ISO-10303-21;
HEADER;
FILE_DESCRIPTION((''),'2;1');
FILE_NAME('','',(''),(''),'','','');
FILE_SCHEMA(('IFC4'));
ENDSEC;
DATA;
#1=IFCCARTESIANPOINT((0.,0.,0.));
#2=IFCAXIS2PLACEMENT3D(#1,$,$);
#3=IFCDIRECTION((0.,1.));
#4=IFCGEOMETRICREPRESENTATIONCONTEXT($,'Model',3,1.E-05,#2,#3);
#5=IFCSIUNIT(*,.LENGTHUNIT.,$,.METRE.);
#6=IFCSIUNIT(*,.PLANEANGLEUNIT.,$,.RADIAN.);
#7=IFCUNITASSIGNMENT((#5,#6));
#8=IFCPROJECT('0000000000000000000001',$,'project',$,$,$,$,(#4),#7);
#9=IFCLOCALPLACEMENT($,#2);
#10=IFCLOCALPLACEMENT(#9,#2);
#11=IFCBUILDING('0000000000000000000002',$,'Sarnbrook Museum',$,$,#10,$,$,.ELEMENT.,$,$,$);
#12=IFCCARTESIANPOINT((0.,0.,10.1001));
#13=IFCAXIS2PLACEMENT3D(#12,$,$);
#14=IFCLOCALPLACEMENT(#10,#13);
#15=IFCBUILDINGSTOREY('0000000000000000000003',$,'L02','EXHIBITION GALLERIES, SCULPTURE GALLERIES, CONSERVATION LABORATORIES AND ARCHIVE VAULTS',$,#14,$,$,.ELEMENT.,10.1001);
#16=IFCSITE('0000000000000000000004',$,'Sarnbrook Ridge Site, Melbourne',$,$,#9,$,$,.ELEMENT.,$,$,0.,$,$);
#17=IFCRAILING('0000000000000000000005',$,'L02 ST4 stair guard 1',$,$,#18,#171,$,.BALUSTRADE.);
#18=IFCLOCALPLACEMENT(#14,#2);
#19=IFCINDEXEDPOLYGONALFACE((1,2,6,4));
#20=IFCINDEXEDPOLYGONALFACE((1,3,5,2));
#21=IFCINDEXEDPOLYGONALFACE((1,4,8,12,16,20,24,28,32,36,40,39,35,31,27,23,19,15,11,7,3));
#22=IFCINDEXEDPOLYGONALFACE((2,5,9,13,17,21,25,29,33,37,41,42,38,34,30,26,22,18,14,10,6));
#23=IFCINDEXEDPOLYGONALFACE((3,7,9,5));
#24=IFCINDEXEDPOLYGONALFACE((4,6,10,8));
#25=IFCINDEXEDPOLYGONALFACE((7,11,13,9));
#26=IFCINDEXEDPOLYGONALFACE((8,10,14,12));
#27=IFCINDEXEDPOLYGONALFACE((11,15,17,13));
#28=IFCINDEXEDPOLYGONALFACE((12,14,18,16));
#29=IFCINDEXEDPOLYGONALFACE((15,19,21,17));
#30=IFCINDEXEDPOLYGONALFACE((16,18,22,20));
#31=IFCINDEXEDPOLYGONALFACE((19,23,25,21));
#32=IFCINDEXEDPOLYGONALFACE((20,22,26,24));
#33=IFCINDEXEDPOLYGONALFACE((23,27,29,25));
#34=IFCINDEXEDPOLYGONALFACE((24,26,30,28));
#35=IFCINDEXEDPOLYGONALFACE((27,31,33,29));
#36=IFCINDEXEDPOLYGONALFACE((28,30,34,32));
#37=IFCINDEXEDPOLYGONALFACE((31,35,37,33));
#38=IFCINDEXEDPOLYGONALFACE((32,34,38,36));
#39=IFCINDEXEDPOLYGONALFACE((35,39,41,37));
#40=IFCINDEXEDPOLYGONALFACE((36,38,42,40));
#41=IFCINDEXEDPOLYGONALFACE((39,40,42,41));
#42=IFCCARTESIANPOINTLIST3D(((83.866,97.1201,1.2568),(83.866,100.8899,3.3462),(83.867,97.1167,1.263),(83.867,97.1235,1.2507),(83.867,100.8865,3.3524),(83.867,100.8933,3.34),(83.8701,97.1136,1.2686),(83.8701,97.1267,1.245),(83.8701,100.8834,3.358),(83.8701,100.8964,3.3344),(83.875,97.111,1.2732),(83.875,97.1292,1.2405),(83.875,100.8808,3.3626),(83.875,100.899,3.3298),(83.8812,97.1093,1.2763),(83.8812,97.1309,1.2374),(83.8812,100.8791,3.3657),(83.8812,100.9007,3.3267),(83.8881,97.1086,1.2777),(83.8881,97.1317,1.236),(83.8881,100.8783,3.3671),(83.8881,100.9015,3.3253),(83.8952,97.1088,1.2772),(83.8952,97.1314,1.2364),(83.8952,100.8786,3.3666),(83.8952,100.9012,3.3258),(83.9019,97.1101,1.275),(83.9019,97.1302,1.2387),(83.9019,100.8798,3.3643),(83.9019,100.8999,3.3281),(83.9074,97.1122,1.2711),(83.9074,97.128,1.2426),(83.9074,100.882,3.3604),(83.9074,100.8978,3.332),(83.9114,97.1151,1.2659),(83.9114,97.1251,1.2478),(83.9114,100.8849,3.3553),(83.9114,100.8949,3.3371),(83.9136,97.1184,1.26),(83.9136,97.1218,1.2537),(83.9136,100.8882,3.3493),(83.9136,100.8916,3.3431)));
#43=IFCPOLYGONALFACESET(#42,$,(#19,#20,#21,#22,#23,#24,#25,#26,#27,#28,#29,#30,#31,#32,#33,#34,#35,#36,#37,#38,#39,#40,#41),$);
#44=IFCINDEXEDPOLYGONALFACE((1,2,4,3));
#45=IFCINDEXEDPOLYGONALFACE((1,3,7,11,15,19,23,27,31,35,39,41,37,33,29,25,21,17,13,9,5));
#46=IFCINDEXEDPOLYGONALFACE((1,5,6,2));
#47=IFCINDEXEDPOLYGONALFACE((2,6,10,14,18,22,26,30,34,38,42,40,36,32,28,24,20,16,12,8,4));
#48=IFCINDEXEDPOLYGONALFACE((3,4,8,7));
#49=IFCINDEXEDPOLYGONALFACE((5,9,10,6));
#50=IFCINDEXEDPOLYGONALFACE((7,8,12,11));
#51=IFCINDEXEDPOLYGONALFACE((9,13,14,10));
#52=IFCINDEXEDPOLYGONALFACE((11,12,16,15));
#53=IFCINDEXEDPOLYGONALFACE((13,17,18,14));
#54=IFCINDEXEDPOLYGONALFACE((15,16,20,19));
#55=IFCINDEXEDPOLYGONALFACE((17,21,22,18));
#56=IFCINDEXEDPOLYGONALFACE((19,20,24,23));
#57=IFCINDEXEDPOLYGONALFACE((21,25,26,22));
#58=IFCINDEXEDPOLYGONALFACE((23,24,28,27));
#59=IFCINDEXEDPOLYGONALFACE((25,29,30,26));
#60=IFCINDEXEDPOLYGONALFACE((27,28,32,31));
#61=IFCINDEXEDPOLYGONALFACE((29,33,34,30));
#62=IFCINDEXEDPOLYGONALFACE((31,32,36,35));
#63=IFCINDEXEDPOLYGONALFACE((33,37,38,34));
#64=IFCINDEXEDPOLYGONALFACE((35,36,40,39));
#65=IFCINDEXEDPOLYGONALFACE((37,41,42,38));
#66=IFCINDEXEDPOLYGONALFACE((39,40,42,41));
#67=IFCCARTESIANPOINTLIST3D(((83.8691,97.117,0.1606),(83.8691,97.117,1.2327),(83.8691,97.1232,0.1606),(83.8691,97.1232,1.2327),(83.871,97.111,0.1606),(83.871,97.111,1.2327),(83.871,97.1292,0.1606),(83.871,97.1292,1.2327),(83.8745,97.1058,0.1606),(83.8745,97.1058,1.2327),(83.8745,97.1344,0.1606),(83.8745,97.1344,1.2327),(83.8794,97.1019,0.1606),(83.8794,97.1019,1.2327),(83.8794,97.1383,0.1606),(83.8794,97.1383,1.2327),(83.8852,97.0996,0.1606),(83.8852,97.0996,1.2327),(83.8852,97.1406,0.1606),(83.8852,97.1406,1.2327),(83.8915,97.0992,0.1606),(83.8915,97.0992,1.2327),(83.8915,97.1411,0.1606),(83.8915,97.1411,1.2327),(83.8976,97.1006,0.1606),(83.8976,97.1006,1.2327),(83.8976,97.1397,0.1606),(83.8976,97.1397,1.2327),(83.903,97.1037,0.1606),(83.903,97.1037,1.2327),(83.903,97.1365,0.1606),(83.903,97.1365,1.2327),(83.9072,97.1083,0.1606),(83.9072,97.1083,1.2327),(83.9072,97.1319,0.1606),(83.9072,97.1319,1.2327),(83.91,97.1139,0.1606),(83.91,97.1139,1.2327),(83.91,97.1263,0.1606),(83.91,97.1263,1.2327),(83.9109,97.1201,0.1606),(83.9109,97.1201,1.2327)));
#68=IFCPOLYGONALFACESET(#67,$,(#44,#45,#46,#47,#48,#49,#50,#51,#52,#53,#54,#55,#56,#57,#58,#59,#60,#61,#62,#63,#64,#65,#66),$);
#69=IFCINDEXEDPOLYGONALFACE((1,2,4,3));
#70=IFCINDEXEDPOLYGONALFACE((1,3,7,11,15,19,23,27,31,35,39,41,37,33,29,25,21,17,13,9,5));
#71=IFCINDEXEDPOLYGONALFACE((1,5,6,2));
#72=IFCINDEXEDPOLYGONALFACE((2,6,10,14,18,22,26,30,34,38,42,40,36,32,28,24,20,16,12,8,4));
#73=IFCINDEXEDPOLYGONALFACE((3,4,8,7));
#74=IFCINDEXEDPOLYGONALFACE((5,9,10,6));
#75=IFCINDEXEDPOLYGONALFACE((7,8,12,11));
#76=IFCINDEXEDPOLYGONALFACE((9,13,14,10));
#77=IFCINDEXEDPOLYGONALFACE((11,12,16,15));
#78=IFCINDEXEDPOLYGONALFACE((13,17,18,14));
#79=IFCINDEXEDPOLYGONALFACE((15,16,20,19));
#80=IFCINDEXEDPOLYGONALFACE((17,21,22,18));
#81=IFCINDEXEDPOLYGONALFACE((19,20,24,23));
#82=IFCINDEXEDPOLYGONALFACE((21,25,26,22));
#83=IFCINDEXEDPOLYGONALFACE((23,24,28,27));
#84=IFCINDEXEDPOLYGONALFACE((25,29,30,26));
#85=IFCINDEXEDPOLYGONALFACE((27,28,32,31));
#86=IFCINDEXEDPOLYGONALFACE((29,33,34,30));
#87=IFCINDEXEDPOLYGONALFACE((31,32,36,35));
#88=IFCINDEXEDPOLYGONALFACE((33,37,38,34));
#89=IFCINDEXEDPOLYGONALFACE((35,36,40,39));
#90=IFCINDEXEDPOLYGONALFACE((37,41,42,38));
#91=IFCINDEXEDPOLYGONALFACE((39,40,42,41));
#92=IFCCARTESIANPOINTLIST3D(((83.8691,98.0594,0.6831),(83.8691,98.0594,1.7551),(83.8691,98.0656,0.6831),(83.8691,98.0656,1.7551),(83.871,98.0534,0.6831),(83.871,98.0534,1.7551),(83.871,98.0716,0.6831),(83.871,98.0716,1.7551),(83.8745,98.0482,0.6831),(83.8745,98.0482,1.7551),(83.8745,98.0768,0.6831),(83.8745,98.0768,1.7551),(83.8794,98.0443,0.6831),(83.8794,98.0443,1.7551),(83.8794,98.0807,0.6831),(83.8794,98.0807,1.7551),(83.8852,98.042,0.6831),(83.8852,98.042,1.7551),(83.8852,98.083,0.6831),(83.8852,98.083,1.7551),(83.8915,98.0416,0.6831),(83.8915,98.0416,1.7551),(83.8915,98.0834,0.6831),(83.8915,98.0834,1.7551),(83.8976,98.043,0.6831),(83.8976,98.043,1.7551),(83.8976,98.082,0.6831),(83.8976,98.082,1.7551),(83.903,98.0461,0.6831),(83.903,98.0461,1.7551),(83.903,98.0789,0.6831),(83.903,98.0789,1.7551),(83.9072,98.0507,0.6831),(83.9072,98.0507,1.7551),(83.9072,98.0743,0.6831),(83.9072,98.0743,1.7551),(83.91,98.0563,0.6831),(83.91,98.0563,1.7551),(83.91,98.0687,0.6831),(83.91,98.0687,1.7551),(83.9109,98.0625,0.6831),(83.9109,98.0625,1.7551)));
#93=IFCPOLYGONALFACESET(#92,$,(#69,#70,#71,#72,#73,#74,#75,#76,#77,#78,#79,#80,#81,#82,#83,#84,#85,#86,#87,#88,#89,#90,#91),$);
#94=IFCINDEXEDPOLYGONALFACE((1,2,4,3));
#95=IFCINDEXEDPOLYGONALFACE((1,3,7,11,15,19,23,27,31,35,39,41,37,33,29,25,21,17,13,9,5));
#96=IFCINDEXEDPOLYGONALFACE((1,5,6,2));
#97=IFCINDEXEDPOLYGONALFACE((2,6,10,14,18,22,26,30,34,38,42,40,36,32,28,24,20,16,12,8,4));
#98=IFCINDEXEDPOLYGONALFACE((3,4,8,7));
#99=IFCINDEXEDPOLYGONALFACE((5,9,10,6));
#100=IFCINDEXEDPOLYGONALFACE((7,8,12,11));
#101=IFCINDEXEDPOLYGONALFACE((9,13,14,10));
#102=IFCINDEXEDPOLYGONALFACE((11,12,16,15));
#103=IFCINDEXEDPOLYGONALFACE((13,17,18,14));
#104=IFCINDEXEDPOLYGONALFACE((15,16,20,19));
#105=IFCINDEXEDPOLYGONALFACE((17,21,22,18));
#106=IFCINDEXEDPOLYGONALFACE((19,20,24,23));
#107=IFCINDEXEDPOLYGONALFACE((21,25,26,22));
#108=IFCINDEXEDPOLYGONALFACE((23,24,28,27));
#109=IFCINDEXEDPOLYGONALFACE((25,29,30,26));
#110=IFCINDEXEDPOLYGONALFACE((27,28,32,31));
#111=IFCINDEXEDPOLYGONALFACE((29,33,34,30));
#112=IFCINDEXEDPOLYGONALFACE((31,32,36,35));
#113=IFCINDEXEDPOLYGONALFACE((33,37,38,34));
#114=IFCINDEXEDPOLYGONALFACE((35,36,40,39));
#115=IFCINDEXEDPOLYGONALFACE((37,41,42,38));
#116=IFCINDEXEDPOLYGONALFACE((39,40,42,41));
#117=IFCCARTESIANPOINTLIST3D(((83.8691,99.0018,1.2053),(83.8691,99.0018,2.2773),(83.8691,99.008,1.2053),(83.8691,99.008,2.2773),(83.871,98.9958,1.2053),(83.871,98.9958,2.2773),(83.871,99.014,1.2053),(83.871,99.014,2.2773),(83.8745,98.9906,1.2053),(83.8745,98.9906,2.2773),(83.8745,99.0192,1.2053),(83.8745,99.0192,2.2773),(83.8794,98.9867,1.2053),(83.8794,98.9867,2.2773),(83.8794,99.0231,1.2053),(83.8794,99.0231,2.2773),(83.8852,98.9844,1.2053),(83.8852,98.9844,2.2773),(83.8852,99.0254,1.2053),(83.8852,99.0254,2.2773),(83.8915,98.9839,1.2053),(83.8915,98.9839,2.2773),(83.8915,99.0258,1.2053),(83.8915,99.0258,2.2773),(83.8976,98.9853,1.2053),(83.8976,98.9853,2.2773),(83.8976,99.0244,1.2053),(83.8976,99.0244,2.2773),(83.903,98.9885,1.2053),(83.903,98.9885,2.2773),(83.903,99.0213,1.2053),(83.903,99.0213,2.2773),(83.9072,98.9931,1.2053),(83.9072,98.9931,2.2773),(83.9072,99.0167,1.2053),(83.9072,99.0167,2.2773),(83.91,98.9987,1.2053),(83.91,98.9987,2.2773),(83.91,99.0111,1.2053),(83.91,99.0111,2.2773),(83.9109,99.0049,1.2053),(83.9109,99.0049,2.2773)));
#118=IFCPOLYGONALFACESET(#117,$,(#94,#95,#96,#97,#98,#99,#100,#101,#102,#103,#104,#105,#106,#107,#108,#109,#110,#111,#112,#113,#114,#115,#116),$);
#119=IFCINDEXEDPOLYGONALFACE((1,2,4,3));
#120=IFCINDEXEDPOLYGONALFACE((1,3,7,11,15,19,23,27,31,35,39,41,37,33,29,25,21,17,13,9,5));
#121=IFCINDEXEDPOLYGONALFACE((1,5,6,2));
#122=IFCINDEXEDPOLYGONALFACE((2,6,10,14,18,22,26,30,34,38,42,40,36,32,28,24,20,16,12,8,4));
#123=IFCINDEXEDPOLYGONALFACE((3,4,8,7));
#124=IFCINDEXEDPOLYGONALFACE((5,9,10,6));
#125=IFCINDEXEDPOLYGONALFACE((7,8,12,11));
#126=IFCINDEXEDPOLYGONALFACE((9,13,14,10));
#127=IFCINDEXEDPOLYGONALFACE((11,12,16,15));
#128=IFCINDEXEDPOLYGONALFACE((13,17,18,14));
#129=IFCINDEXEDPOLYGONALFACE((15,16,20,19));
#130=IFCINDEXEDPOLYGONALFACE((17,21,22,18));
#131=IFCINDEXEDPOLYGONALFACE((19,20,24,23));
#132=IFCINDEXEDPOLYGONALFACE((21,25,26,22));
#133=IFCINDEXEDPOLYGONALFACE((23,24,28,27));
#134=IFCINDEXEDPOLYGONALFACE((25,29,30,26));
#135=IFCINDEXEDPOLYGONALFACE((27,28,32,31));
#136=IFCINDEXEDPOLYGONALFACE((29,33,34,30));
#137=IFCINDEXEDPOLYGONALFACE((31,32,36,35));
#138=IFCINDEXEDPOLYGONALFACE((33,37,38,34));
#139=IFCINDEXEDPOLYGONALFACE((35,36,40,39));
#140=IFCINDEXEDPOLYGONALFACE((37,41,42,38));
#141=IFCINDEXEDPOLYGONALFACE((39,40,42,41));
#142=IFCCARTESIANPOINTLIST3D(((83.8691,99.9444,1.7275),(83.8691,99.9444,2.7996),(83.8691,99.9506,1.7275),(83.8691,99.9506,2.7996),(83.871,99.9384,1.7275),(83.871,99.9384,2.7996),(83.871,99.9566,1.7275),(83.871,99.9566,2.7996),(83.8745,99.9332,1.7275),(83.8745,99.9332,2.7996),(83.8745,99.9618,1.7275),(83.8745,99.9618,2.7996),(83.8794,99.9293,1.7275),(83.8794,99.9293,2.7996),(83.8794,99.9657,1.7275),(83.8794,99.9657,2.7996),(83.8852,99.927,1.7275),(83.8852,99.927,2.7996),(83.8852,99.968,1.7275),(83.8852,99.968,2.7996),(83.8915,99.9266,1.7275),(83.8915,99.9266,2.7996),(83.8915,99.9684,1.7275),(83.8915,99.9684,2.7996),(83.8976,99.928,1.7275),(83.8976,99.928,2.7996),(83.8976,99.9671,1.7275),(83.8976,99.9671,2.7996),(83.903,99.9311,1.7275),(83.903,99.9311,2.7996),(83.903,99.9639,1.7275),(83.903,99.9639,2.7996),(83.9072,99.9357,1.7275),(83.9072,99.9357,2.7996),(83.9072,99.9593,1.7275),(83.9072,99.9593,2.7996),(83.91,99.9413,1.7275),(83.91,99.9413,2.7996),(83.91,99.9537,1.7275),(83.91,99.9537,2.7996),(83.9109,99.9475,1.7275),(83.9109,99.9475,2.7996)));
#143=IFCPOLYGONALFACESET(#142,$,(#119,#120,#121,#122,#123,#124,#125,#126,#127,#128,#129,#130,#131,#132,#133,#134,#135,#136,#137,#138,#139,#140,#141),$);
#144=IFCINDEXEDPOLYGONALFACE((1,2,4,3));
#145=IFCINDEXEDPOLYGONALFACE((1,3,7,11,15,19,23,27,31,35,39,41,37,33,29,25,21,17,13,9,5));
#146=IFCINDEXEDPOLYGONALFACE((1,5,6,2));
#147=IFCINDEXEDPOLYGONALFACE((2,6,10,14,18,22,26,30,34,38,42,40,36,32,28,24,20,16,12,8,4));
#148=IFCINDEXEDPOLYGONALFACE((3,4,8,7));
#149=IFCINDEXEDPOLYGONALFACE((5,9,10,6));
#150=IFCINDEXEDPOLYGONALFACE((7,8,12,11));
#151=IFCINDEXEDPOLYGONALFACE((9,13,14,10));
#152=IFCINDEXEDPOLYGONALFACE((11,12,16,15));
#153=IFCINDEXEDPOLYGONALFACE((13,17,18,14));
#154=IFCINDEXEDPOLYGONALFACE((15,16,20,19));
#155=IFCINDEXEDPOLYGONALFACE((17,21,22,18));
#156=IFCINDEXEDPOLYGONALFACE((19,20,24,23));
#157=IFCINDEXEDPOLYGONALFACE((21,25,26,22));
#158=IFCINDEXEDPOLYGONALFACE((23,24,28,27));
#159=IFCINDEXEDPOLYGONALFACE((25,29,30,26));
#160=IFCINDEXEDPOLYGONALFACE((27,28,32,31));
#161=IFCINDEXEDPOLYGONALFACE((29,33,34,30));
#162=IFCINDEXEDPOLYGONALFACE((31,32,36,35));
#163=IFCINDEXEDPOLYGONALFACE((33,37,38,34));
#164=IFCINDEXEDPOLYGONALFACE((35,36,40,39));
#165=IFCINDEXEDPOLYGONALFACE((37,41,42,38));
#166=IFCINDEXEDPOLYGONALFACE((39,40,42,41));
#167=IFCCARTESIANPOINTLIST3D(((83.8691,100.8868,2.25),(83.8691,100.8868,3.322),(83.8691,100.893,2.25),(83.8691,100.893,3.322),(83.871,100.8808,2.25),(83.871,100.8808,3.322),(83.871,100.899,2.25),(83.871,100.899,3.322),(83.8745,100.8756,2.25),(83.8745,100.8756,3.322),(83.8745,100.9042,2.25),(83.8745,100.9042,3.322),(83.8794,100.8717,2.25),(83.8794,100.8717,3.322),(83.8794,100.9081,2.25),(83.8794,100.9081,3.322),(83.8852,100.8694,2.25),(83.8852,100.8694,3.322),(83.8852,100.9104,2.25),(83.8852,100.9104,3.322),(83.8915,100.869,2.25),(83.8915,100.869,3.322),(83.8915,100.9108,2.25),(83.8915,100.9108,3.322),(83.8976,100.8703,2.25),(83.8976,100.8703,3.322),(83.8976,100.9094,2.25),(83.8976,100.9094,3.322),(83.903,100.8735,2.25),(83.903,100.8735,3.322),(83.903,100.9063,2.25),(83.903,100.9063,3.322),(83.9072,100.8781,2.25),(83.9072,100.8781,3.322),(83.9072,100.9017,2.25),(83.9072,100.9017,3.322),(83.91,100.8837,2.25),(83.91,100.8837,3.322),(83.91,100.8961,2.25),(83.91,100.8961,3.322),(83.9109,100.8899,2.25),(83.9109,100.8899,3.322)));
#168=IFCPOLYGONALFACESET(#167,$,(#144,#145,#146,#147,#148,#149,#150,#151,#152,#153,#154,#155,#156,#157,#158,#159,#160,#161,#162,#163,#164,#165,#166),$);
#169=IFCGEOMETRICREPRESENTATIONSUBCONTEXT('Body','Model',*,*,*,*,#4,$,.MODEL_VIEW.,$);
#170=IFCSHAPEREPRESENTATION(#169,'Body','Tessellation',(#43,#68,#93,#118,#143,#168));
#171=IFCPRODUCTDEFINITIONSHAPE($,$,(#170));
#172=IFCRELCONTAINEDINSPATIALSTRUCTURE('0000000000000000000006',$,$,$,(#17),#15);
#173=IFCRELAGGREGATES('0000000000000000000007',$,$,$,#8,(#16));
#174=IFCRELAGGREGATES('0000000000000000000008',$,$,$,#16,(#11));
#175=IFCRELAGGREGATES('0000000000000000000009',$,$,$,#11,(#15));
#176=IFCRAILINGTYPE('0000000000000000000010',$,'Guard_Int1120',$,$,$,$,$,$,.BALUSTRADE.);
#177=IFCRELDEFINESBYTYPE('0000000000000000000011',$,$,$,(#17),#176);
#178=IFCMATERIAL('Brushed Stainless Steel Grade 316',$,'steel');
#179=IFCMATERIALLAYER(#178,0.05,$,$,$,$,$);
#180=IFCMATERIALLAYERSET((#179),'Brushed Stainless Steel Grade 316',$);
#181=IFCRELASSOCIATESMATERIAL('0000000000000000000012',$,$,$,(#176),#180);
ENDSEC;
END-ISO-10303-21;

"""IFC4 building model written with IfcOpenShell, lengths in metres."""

from ifc_helpers import new_model, si_unit, direction, frame, origin, origin_2d, place, context, subcontext, project, spatial, circle, extrude, material, layer, layer_set, type_object, element, save


model = new_model("IFC4")

# Units and contexts
model_context = context("Model", 3, precision=1e-05, world=origin(), true_north=direction((0.0, 1.0)))
body_context = subcontext(model_context, "Body", "Model", "MODEL_VIEW")
ifc_project = project(units=[si_unit("LENGTHUNIT", "METRE"), si_unit("PLANEANGLEUNIT", "RADIAN")], contexts=[model_context])

# Site, building, storey
site_placement = place(None, origin())
site = spatial("IfcSite", under=ifc_project, at=site_placement, Name="Sarnbrook Ridge Site, Melbourne", CompositionType="ELEMENT", RefElevation=0.0)
building_placement = place(site_placement, origin())
building = spatial("IfcBuilding", under=site, at=building_placement, Name="Sarnbrook Museum", CompositionType="ELEMENT")
storey_placement = place(building_placement, frame((0.0, 0.0, 10.1001)))
storey = spatial("IfcBuildingStorey", under=building, at=storey_placement, Name="L02", Description="EXHIBITION GALLERIES, SCULPTURE GALLERIES, CONSERVATION LABORATORIES AND ARCHIVE VAULTS", CompositionType="ELEMENT", Elevation=10.1001)

# Shared definitions
ifc_material_1 = material(Name="Brushed Stainless Steel Grade 316", Category="steel")

# Railing
ifc_layer_1 = layer(ifc_material_1, 0.05)
ifc_layer_set_1 = layer_set([ifc_layer_1], Name="Brushed Stainless Steel Grade 316")
railing_type_1 = type_object("IfcRailingType", Name="Guard_Int1120", PredefinedType="BALUSTRADE", material=ifc_layer_set_1)
railing_1_placement = place(storey_placement, frame((83.8899, 97.1201, 0.1606)))
element("IfcRailing", 1, at=railing_1_placement, inside=storey, type_object=railing_type_1, Name="L02 ST4 stair guard 1", PredefinedType="BALUSTRADE", context=body_context, shape_type="SweptSolid", body=[
    extrude(circle(Radius=0.0239, at=origin_2d()), frame((0.0, 0.0, 1.0962), z_axis=(0.0, 0.874646, 0.484763), x_axis=(-1.0, 0.0, 0.0)), (0.0, 0.0, 1.0), 4.3101),
    extrude(circle(Radius=0.021, at=origin_2d()), origin(), (0.0, 0.0, 1.0), 1.072),
    extrude(circle(Radius=0.021, at=origin_2d()), frame((0.0, 0.9424, 0.5225)), (0.0, 0.0, 1.0), 1.072),
    extrude(circle(Radius=0.021, at=origin_2d()), frame((0.0, 1.8848, 1.0447)), (0.0, 0.0, 1.0), 1.072),
    extrude(circle(Radius=0.021, at=origin_2d()), frame((0.0, 2.8274, 1.5669)), (0.0, 0.0, 1.0), 1.072),
    extrude(circle(Radius=0.021, at=origin_2d()), frame((0.0, 3.7698, 2.0894)), (0.0, 0.0, 1.0), 1.072),
])

save(model, "model.ifc")
